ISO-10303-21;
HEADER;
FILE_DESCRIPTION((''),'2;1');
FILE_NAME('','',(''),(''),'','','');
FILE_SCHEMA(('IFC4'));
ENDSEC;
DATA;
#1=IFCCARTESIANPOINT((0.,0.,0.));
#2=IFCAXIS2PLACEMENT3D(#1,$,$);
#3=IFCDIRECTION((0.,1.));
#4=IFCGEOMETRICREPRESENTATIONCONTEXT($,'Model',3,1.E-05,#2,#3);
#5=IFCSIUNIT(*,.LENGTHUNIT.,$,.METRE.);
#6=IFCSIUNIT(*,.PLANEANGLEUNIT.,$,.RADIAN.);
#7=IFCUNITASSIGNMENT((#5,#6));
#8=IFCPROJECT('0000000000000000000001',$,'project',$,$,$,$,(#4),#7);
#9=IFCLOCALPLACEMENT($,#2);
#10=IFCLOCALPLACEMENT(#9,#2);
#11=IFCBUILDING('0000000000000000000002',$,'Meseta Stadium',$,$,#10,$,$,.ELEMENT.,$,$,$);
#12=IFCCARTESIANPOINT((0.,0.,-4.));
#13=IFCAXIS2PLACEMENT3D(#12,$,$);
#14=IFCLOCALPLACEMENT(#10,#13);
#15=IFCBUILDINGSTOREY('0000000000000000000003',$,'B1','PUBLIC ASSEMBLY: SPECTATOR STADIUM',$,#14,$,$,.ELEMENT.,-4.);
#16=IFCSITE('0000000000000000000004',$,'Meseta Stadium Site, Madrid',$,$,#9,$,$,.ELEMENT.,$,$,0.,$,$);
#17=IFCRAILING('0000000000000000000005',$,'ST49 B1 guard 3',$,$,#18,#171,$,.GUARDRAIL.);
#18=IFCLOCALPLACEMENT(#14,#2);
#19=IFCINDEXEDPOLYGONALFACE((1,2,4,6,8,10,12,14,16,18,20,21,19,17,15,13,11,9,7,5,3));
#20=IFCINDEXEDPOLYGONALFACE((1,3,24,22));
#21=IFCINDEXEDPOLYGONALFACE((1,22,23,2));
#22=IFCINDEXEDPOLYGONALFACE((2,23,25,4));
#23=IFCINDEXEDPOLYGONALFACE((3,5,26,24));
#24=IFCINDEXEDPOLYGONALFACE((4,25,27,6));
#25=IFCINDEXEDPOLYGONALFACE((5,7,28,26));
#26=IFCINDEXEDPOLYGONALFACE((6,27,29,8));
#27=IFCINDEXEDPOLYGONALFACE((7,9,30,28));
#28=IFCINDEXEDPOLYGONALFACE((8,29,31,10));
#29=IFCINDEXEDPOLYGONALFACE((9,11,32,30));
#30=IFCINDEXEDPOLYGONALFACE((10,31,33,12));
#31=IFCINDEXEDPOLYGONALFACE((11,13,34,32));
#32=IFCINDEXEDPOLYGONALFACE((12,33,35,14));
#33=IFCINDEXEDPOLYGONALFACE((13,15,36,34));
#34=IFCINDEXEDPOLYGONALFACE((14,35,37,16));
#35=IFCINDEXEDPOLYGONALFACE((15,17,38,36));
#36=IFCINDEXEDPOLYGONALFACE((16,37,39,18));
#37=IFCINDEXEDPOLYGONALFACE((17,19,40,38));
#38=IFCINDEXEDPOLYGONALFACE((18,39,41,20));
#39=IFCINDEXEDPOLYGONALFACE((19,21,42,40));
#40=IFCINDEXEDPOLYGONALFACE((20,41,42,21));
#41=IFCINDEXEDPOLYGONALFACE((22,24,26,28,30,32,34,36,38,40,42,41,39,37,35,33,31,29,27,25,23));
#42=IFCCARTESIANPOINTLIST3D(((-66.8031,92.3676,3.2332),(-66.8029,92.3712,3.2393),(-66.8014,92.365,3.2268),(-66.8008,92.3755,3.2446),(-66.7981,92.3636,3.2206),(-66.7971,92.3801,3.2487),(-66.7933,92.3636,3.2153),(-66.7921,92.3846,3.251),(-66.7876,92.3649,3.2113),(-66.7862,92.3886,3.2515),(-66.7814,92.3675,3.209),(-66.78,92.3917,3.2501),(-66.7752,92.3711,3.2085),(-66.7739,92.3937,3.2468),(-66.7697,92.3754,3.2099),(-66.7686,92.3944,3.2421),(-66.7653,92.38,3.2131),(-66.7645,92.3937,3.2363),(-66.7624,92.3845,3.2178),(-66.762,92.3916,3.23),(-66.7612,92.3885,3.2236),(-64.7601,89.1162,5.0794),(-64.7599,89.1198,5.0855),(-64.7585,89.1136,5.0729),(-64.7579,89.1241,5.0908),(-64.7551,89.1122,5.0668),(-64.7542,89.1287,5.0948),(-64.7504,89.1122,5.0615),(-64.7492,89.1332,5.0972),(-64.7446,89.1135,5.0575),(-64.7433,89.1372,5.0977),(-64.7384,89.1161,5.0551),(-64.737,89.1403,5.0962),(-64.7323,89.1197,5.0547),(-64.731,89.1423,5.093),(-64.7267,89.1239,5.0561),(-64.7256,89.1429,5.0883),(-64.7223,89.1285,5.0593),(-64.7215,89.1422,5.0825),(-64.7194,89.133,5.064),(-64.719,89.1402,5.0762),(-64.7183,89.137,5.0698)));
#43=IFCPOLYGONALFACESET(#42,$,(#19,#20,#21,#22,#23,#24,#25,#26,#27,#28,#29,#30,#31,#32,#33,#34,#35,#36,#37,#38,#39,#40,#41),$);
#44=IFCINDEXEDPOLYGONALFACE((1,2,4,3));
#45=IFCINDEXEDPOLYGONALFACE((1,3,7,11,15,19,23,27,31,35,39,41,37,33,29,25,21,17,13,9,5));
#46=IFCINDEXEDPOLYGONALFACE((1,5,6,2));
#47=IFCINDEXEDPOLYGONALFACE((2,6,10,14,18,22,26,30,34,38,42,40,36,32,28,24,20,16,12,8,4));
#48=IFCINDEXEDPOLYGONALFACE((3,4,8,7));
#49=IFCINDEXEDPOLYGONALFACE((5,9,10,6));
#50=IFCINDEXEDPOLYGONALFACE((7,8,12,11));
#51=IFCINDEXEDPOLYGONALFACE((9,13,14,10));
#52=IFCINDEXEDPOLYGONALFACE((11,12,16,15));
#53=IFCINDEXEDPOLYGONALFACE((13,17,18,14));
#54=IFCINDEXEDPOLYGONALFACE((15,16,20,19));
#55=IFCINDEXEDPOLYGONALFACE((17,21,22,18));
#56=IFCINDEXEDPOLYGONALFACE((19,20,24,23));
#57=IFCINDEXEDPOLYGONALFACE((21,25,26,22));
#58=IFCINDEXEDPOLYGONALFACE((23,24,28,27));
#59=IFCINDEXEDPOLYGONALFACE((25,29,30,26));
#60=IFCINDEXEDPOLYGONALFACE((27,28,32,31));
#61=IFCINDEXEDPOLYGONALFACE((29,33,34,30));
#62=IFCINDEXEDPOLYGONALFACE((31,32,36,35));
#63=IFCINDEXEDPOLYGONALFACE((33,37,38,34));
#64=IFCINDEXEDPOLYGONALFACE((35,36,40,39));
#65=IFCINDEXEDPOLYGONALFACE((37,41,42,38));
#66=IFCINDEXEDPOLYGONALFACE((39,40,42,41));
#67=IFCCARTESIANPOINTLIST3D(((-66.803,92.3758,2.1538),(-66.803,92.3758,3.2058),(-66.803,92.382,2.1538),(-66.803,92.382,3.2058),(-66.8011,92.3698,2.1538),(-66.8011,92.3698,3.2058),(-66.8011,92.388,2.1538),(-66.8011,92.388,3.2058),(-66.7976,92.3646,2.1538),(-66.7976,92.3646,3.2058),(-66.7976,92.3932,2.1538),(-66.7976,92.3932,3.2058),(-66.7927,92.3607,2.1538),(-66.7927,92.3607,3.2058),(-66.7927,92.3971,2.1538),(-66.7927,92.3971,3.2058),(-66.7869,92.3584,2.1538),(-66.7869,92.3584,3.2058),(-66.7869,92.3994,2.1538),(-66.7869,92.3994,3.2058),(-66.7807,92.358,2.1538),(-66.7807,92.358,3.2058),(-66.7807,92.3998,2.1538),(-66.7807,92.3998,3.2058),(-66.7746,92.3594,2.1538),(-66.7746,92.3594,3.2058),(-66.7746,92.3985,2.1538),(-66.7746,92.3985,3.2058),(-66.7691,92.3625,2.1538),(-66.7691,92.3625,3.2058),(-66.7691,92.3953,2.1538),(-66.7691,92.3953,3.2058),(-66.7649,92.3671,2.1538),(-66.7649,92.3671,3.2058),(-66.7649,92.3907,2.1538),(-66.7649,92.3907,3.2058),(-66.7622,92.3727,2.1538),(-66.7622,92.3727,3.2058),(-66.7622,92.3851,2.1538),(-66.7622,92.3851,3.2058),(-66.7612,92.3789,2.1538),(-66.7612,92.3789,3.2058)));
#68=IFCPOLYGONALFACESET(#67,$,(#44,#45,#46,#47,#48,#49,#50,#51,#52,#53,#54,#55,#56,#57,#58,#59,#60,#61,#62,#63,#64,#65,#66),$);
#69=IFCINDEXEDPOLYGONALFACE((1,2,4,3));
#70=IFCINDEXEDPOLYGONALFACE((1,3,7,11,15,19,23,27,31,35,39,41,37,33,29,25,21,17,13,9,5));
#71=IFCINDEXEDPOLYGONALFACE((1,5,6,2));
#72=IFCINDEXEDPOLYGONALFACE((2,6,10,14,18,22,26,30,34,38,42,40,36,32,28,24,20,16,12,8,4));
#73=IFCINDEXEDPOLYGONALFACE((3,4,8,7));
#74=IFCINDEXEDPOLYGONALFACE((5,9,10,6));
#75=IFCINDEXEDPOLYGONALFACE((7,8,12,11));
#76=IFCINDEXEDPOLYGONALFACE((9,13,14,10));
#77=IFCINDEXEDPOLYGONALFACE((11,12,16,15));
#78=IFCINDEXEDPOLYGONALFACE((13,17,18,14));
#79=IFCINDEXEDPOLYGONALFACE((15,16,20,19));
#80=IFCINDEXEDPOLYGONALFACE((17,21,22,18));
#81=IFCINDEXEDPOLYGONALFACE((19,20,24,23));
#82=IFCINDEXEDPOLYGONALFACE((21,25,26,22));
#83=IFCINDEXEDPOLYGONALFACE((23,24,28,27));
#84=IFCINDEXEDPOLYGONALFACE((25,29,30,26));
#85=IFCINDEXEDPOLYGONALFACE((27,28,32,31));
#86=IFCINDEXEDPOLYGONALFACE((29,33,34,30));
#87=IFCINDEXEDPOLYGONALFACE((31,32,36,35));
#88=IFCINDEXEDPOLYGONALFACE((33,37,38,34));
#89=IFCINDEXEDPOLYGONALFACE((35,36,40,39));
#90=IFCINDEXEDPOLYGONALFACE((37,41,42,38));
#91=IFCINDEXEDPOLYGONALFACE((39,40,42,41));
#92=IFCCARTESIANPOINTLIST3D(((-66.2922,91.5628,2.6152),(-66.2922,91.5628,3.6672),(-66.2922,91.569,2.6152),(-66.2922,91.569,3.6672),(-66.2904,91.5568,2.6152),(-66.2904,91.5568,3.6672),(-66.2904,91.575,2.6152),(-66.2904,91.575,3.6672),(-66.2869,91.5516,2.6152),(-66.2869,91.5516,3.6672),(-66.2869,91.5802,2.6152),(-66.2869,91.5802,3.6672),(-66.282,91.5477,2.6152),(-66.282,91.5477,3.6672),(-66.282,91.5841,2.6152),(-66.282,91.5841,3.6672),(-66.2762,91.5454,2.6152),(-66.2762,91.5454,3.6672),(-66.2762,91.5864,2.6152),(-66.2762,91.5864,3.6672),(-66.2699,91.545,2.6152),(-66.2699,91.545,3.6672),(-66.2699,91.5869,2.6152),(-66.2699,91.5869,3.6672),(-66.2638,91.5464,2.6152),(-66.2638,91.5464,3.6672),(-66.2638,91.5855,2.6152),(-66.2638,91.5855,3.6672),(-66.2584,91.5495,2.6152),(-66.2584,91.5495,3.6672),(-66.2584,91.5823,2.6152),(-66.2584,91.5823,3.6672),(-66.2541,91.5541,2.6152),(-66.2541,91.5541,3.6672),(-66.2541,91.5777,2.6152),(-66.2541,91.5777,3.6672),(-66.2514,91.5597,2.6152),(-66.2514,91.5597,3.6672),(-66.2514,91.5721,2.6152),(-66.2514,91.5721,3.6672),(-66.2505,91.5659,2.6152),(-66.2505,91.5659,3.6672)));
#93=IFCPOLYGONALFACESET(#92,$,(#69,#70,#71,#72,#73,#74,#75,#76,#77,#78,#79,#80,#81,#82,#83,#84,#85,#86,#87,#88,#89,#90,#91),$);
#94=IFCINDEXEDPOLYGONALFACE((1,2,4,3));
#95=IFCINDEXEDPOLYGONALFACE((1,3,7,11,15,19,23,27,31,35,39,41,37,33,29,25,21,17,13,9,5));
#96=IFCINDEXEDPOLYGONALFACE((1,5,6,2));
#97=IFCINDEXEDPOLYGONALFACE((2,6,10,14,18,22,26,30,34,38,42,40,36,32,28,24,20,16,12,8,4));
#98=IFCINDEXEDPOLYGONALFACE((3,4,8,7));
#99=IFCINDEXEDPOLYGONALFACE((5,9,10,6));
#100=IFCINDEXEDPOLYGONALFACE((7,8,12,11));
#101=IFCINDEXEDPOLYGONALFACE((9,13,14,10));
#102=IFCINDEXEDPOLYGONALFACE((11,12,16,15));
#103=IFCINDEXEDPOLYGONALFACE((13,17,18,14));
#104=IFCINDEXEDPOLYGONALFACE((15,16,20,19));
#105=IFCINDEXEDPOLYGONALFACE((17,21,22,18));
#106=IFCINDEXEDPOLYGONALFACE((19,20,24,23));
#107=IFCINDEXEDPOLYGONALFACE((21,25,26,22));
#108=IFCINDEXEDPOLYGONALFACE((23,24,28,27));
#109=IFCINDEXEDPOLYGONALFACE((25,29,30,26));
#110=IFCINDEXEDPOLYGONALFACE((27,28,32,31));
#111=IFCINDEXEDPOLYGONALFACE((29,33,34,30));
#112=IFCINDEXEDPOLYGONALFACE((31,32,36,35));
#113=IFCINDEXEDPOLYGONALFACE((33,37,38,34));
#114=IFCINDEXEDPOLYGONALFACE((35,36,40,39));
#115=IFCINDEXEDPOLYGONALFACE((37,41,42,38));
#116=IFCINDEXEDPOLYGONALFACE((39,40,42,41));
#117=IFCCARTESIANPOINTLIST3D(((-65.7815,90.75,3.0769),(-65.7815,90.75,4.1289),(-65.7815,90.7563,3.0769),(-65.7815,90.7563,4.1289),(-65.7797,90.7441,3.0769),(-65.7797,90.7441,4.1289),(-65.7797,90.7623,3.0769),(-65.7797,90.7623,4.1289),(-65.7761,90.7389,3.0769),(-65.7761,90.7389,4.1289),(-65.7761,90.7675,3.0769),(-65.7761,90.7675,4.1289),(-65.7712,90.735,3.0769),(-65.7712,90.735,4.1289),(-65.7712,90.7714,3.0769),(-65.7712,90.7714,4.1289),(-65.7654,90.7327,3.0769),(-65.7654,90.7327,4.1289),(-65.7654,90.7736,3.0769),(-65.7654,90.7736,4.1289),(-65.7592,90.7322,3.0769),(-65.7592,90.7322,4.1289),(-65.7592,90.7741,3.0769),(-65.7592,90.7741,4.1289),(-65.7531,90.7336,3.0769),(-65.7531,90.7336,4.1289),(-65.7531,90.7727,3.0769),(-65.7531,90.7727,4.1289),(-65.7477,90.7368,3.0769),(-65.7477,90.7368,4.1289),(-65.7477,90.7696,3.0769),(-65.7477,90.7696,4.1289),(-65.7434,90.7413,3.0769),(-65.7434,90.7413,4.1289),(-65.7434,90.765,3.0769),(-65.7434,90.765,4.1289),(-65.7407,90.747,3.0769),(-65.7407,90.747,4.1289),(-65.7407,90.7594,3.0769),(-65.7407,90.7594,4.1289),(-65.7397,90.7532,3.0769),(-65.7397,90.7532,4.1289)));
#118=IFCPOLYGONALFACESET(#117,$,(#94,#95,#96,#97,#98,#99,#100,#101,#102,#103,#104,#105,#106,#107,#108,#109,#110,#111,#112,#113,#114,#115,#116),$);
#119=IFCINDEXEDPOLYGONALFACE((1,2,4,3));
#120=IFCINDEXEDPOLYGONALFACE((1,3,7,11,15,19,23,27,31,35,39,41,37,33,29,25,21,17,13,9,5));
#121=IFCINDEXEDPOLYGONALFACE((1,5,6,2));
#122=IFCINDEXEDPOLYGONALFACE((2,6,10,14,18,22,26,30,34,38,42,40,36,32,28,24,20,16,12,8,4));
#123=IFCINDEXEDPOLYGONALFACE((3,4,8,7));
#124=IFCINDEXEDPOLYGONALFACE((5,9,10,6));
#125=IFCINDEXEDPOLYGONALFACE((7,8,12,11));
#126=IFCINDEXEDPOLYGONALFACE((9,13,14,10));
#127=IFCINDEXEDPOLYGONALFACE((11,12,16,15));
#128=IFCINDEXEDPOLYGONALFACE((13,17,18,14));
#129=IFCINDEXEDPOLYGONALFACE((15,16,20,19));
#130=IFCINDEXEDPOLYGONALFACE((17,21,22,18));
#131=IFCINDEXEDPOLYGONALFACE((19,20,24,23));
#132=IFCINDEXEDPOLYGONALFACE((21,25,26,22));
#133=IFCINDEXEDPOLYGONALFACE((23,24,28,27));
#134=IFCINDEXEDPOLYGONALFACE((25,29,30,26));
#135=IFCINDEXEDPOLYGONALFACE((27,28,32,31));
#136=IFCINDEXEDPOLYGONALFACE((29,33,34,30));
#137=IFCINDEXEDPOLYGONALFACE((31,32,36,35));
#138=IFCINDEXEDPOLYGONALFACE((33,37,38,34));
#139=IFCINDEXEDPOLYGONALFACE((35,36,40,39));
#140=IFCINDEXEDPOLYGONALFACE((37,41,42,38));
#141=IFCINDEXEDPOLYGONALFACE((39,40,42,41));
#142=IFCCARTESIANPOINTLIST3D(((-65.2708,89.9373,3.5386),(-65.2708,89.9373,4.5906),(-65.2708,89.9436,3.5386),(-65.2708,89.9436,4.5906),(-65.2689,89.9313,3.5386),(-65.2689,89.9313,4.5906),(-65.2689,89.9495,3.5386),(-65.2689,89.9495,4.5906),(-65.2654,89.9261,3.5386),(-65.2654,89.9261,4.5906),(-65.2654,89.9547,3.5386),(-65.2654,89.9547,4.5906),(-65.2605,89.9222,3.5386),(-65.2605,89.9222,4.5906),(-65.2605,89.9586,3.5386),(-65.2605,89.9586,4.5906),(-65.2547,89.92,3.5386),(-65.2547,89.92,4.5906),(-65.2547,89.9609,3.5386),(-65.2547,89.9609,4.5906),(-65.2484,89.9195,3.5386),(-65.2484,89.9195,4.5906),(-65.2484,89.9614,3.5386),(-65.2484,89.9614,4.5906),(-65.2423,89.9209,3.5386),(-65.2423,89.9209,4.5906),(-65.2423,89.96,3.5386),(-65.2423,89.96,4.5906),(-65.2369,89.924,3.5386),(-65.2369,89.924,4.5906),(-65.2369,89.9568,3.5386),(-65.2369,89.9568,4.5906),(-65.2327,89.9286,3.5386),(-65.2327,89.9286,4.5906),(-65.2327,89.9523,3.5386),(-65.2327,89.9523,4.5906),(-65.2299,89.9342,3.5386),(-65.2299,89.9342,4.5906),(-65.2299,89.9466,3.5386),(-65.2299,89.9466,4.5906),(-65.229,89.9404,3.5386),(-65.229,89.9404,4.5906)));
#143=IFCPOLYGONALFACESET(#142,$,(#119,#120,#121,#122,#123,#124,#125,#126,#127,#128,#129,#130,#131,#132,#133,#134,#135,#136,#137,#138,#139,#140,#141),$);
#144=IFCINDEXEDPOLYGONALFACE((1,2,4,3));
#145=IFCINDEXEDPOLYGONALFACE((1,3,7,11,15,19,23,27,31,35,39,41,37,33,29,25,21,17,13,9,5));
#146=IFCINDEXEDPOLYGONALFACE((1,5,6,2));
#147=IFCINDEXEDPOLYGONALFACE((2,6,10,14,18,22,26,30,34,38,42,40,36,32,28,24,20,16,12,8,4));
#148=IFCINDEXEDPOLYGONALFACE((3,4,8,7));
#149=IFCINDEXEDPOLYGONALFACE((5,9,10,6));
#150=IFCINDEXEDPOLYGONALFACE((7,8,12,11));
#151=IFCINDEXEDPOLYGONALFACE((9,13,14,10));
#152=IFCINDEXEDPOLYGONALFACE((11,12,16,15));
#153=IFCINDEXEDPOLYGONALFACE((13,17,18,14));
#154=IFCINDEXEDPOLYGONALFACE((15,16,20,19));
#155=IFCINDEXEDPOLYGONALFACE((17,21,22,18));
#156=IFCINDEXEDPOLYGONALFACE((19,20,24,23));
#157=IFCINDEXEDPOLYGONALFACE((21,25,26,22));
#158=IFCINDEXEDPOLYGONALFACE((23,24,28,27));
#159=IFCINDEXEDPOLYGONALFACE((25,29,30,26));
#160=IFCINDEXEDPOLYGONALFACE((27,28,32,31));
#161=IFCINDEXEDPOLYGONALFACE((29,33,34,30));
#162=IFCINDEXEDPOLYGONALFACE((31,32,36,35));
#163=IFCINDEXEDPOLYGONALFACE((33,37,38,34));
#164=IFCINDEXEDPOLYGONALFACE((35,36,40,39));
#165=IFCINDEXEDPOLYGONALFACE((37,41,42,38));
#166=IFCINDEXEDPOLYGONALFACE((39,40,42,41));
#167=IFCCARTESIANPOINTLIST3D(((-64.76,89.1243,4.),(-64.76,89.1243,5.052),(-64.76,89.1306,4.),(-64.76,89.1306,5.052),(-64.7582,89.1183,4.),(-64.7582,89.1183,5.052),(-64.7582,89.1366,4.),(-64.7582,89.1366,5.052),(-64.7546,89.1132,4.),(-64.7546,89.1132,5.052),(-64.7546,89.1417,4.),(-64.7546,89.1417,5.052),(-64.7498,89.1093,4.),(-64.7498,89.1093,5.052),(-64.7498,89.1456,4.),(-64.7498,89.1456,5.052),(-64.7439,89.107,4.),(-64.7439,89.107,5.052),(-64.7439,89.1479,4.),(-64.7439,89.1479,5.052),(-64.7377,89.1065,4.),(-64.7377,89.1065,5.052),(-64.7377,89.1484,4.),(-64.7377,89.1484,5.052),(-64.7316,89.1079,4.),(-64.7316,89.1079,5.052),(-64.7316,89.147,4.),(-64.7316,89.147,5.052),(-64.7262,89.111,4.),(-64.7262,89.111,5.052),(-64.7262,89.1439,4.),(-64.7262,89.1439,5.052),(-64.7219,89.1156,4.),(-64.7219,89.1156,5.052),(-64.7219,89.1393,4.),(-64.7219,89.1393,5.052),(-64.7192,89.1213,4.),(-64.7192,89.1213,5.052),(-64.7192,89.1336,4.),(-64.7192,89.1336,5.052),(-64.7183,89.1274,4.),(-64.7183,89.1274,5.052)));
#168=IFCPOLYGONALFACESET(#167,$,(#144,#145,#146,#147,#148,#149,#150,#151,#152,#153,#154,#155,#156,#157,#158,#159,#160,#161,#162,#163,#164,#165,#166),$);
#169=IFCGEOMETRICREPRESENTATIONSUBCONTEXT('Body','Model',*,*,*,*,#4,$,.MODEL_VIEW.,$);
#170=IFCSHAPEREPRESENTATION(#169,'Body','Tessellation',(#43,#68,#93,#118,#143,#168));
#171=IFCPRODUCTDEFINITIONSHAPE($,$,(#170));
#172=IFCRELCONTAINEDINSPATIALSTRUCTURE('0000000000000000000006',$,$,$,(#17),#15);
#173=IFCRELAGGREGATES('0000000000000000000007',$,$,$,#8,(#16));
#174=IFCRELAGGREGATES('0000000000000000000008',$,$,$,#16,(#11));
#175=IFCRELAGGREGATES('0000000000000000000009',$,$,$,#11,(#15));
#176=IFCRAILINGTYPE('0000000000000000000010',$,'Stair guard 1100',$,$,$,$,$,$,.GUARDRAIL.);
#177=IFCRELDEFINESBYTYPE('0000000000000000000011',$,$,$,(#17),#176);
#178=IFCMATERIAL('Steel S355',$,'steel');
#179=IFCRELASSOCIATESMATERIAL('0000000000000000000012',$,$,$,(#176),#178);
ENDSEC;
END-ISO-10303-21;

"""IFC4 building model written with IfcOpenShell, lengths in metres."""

from ifc_helpers import new_model, si_unit, direction, frame, origin, origin_2d, place, context, subcontext, project, spatial, circle, extrude, material, type_object, element, save


model = new_model("IFC4")

# Units and contexts
model_context = context("Model", 3, precision=1e-05, world=origin(), true_north=direction((0.0, 1.0)))
body_context = subcontext(model_context, "Body", "Model", "MODEL_VIEW")
ifc_project = project(units=[si_unit("LENGTHUNIT", "METRE"), si_unit("PLANEANGLEUNIT", "RADIAN")], contexts=[model_context])

# Site, building, storey
site_placement = place(None, origin())
site = spatial("IfcSite", under=ifc_project, at=site_placement, Name="Meseta Stadium Site, Madrid", CompositionType="ELEMENT", RefElevation=0.0)
building_placement = place(site_placement, origin())
building = spatial("IfcBuilding", under=site, at=building_placement, Name="Meseta Stadium", CompositionType="ELEMENT")
storey_placement = place(building_placement, frame((0.0, 0.0, -4.0)))
storey = spatial("IfcBuildingStorey", under=building, at=storey_placement, Name="B1", Description="PUBLIC ASSEMBLY: SPECTATOR STADIUM", CompositionType="ELEMENT", Elevation=-4.0)

# Railing
ifc_material_1 = material(Name="Steel S355", Category="steel")
railing_type_1 = type_object("IfcRailingType", Name="Stair guard 1100", PredefinedType="GUARDRAIL", material=ifc_material_1)
railing_1_placement = place(storey_placement, frame((-66.7822, 92.3789, 2.1538)))
element("IfcRailing", 1, at=railing_1_placement, inside=storey, type_object=railing_type_1, Name="ST49 B1 guard 3", PredefinedType="GUARDRAIL", context=body_context, shape_type="SweptSolid", body=[
    extrude(circle(Radius=0.0239, at=origin_2d()), frame((0.0, 0.0, 1.0762), z_axis=(0.479483, -0.763117, 0.4333), x_axis=(0.846731, 0.53202, 0.0)), (0.0, 0.0, 1.0), 4.2607),
    extrude(circle(Radius=0.021, at=origin_2d()), origin(), (0.0, 0.0, 1.0), 1.052),
    extrude(circle(Radius=0.021, at=origin_2d()), frame((0.5107, -0.813, 0.4614)), (0.0, 0.0, 1.0), 1.052),
    extrude(circle(Radius=0.021, at=origin_2d()), frame((1.0215, -1.6257, 0.9231)), (0.0, 0.0, 1.0), 1.052),
    extrude(circle(Radius=0.021, at=origin_2d()), frame((1.5322, -2.4385, 1.3848)), (0.0, 0.0, 1.0), 1.052),
    extrude(circle(Radius=0.021, at=origin_2d()), frame((2.043, -3.2515, 1.8462)), (0.0, 0.0, 1.0), 1.052),
])

save(model, "model.ifc")
